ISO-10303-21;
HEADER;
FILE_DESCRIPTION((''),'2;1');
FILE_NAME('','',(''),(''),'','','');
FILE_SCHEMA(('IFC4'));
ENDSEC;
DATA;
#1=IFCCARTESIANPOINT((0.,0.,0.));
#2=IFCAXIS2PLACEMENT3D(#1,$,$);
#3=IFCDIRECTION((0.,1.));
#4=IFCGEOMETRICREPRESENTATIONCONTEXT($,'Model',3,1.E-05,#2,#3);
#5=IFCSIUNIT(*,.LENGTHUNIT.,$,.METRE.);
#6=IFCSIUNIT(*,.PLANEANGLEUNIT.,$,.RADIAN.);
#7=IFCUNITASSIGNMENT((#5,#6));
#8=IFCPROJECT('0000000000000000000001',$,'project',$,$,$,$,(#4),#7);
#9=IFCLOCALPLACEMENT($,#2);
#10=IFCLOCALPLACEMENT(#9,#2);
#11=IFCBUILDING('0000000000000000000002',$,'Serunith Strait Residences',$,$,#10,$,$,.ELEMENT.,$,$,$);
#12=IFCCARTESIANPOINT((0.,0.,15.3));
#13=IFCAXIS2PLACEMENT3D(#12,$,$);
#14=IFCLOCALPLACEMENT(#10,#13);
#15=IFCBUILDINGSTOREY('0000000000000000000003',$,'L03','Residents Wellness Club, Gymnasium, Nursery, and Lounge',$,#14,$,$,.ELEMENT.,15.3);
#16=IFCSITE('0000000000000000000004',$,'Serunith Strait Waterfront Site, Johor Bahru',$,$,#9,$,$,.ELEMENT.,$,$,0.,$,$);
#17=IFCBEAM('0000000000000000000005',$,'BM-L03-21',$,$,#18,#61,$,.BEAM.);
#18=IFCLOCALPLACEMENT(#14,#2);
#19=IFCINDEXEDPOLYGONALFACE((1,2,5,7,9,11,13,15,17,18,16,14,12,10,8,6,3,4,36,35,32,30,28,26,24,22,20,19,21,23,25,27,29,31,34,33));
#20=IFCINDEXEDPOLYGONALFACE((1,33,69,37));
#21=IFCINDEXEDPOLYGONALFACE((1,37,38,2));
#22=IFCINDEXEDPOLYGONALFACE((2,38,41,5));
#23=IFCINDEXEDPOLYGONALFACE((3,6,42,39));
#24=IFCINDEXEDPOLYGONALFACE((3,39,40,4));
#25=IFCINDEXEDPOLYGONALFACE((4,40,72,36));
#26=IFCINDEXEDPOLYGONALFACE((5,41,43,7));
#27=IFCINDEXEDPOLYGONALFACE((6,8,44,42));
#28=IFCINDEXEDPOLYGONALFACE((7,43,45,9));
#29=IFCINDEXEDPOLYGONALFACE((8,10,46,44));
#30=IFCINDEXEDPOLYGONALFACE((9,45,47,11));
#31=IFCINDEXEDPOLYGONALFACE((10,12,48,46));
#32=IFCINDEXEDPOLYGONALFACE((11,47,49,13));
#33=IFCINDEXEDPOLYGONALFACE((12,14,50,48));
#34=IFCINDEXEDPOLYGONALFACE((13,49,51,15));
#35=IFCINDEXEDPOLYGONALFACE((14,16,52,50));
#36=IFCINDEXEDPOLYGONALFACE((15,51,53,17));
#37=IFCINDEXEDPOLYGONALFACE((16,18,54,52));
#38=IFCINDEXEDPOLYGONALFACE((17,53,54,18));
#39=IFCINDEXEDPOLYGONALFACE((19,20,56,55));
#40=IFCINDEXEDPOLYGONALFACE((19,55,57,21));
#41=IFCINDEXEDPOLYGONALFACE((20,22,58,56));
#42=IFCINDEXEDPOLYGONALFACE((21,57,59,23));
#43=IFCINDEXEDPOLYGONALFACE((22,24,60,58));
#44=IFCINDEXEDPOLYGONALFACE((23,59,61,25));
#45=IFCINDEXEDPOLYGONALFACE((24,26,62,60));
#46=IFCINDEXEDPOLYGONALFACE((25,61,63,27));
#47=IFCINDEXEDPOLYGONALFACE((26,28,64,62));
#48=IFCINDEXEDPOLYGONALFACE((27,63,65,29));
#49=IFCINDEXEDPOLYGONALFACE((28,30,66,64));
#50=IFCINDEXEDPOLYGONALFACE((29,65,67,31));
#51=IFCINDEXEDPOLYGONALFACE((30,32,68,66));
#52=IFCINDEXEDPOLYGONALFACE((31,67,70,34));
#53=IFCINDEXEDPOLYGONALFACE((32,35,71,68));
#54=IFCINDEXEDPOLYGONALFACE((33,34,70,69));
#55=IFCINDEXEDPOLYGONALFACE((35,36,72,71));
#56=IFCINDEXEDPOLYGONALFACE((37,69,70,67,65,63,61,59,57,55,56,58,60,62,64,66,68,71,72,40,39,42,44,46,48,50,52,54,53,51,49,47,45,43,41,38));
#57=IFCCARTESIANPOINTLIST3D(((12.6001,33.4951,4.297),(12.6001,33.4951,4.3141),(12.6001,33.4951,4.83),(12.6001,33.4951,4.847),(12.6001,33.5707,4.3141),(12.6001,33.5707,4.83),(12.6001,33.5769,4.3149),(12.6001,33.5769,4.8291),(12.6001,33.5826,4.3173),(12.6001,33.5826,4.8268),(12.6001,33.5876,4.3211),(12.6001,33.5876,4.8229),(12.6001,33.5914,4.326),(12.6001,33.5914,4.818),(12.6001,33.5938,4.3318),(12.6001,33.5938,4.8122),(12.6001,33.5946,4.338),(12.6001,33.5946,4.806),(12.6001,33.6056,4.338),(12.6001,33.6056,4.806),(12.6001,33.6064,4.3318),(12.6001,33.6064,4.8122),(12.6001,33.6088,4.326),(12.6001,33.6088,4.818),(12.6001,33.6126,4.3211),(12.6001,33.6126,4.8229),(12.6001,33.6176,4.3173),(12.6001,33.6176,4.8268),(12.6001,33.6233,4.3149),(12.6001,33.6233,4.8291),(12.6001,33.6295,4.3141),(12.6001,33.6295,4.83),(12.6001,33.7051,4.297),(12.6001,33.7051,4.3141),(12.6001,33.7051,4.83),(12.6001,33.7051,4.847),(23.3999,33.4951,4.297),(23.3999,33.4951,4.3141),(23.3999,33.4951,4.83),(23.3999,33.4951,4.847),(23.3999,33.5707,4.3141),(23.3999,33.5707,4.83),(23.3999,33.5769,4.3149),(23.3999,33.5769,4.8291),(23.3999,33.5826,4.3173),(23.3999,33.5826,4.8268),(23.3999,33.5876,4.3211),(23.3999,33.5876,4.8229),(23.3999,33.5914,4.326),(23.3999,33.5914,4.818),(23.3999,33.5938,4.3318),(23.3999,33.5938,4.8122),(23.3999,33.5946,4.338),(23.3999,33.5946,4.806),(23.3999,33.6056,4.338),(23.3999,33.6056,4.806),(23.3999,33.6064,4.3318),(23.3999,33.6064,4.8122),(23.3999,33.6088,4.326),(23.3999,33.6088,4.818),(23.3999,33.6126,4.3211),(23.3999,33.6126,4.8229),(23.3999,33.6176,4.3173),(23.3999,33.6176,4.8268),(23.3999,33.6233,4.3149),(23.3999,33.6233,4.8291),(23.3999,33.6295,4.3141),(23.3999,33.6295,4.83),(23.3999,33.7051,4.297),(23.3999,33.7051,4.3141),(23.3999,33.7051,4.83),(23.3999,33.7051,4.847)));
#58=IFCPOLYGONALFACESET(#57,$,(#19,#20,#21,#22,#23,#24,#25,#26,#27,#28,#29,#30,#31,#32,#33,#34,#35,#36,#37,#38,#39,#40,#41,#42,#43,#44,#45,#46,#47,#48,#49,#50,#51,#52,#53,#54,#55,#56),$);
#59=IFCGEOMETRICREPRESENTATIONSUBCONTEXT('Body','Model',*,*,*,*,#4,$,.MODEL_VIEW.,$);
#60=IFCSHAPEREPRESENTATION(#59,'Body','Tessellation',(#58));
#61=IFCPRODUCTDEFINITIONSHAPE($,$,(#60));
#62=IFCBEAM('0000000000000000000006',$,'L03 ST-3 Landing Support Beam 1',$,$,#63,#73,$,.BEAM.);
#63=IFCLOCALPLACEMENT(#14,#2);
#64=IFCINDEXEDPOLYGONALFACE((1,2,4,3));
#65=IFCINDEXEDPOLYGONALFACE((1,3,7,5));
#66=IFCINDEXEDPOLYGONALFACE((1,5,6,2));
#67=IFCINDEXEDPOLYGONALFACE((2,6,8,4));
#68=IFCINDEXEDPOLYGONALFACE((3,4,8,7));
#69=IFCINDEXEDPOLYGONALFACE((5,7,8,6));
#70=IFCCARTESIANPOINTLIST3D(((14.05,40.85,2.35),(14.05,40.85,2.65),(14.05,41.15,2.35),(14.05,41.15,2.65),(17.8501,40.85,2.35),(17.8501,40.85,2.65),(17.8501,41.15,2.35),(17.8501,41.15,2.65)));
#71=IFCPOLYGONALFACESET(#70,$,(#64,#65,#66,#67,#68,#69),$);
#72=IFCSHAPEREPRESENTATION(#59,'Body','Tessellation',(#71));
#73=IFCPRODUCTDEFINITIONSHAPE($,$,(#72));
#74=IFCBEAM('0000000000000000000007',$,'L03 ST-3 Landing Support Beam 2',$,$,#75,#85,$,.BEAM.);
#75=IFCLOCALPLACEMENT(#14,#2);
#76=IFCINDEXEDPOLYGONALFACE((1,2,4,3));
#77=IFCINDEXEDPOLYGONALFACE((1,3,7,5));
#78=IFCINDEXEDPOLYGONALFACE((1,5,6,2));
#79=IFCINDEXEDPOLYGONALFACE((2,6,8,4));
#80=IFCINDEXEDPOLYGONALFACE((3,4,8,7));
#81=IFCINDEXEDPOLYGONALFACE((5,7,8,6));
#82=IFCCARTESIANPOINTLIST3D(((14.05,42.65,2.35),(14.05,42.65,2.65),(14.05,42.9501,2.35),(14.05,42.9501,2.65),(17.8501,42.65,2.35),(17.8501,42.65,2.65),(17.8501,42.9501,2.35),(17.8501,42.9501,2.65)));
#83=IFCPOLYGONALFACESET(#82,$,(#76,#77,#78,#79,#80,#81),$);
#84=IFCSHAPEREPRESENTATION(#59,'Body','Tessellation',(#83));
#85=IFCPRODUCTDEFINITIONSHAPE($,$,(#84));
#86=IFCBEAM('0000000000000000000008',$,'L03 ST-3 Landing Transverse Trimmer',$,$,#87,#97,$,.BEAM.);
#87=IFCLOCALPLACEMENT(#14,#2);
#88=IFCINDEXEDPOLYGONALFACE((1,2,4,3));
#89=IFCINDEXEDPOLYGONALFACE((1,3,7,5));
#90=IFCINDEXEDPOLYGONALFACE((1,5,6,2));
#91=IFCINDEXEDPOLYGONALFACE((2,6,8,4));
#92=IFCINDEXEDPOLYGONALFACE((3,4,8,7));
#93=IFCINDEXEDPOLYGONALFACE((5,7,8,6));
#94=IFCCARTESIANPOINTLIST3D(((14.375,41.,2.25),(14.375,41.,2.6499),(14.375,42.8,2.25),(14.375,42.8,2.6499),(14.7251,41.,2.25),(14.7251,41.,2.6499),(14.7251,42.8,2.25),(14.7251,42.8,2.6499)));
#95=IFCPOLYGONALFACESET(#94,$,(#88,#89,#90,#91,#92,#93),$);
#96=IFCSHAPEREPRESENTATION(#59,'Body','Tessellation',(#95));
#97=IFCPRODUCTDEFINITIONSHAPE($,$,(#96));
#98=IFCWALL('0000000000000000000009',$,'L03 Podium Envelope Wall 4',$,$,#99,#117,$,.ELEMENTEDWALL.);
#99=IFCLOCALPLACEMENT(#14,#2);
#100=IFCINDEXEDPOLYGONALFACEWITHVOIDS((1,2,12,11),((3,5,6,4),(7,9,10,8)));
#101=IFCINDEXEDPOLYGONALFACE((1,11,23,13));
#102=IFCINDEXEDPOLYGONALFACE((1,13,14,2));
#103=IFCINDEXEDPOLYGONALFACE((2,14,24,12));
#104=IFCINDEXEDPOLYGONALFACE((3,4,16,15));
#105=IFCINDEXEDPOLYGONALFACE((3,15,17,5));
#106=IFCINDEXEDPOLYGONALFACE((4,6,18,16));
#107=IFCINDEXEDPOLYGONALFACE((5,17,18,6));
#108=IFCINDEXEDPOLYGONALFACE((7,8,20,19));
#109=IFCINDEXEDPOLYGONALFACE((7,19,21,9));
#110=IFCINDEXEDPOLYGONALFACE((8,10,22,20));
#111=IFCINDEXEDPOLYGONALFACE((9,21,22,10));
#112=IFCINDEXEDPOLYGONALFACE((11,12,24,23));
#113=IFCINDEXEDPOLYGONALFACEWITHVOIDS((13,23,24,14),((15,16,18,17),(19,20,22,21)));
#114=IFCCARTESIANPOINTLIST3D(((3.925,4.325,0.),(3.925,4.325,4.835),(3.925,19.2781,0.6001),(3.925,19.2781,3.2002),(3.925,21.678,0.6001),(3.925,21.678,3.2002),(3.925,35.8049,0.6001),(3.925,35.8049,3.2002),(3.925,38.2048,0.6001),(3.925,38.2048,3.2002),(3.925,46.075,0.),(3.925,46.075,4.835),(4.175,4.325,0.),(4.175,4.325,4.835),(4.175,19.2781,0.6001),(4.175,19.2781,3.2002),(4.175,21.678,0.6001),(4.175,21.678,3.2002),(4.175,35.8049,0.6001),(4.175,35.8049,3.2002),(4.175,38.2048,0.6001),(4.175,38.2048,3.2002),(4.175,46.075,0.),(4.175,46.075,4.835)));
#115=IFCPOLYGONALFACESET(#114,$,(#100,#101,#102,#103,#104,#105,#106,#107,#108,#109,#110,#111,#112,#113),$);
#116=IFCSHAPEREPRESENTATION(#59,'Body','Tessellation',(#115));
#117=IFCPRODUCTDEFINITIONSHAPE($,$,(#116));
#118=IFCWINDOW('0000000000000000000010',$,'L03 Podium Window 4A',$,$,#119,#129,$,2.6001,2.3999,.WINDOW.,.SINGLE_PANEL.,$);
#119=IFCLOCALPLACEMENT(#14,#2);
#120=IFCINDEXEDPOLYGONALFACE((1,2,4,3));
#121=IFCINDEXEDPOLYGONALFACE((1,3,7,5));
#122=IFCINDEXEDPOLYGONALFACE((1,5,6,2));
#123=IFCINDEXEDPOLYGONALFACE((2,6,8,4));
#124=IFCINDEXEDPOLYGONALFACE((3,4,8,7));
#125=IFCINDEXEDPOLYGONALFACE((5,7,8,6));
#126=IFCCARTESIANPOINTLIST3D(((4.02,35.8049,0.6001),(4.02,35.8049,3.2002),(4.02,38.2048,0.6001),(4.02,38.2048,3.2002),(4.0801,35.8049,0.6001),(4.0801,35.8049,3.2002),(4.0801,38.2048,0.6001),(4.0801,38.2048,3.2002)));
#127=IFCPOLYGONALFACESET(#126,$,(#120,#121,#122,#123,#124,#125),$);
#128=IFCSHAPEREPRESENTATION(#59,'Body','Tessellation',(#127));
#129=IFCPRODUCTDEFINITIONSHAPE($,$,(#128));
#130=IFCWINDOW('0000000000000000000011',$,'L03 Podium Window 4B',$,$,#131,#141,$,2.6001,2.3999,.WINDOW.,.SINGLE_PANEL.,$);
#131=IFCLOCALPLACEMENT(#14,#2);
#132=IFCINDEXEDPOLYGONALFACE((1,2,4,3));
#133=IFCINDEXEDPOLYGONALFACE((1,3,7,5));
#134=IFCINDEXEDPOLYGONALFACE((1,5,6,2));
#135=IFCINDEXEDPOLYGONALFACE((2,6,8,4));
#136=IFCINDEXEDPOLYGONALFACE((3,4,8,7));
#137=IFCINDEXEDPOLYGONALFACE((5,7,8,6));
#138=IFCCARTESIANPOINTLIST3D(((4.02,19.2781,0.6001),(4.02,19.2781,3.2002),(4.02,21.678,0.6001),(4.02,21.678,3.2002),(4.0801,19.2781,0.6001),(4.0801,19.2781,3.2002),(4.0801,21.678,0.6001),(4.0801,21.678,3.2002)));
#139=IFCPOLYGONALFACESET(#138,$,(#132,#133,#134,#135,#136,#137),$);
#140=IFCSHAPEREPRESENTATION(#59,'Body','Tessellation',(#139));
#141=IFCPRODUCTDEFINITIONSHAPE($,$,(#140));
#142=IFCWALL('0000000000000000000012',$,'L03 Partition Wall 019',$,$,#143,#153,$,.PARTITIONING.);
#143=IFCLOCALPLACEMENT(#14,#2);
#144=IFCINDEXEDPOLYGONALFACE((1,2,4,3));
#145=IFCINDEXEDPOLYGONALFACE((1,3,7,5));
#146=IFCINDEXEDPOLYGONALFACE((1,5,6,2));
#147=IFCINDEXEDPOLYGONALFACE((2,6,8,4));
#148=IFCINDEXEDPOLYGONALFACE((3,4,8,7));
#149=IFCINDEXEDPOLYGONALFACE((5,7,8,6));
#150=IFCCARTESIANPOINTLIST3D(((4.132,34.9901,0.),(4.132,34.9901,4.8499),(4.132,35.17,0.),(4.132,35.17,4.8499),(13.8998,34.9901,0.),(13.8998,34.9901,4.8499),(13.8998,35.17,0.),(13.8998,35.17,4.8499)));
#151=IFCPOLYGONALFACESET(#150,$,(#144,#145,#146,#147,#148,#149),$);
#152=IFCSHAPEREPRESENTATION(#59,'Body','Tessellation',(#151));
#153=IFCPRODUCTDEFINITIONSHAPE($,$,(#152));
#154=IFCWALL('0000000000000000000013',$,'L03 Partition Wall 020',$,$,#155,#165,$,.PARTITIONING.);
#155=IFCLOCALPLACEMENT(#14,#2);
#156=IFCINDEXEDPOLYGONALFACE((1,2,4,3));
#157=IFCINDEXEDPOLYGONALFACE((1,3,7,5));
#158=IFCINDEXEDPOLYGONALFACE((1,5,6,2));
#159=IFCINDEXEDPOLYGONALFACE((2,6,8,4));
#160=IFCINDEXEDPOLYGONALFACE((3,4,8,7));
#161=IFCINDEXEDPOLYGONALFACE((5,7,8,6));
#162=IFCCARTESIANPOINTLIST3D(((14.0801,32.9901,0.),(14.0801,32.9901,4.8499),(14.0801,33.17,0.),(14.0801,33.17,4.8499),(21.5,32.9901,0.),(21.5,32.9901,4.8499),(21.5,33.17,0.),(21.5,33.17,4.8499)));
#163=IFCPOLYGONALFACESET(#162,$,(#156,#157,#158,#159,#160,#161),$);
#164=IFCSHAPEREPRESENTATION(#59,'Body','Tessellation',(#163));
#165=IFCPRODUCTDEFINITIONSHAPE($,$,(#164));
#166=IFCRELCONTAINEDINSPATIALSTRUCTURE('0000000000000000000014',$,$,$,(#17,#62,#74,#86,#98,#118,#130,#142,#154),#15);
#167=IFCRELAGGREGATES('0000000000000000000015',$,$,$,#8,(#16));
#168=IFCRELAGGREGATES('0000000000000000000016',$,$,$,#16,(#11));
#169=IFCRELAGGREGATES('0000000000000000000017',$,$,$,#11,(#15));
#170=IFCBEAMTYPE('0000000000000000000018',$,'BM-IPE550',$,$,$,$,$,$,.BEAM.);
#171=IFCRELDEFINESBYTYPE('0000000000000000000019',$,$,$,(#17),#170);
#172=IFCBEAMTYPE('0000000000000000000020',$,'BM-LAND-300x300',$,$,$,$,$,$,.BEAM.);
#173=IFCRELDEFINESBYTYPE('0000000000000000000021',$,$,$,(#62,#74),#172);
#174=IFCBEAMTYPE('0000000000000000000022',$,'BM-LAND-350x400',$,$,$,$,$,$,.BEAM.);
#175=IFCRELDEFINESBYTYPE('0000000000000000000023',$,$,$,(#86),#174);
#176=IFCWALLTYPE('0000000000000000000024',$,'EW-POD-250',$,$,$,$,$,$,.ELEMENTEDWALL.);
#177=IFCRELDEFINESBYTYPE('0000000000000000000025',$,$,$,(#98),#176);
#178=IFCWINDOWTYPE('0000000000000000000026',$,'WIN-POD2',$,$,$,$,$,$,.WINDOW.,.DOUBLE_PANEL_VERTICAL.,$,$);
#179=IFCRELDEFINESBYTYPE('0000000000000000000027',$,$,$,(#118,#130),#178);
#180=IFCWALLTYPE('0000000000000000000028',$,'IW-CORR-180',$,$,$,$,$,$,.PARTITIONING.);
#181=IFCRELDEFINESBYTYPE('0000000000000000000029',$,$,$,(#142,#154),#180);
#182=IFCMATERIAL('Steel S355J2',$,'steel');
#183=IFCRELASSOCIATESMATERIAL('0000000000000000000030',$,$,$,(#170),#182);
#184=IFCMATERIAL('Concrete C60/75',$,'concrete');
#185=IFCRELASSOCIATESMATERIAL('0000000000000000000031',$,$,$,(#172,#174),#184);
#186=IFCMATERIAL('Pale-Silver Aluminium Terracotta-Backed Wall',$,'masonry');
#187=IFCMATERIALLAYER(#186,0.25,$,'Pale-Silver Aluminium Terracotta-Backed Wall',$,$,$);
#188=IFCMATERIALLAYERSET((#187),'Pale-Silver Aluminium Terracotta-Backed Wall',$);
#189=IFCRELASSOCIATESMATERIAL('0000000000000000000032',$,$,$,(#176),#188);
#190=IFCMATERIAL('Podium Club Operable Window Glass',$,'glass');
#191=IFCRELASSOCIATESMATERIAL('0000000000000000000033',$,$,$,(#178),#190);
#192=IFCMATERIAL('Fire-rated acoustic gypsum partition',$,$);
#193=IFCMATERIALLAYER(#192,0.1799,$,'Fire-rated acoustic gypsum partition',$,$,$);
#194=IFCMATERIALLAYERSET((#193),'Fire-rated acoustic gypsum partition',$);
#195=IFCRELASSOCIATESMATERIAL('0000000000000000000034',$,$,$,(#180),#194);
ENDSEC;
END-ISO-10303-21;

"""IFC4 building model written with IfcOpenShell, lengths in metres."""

from ifc_helpers import new_model, si_unit, direction, frame, frame_2d, origin, origin_2d, place, context, subcontext, project, spatial, rectangle, i_section, extrude, source, transform, mapped, material, layer, layer_set, material_profile, profile_set, type_object, element, fill, save


model = new_model("IFC4")

# Units and contexts
model_context = context("Model", 3, precision=1e-05, world=origin(), true_north=direction((0.0, 1.0)))
body_context = subcontext(model_context, "Body", "Model", "MODEL_VIEW")
ifc_project = project(units=[si_unit("LENGTHUNIT", "METRE"), si_unit("PLANEANGLEUNIT", "RADIAN")], contexts=[model_context])

# Site, building, storey
site_placement = place(None, origin())
site = spatial("IfcSite", under=ifc_project, at=site_placement, Name="Serunith Strait Waterfront Site, Johor Bahru", CompositionType="ELEMENT", RefElevation=0.0)
building_placement = place(site_placement, origin())
building = spatial("IfcBuilding", under=site, at=building_placement, Name="Serunith Strait Residences", CompositionType="ELEMENT")
storey_placement = place(building_placement, frame((0.0, 0.0, 15.3)))
storey = spatial("IfcBuildingStorey", under=building, at=storey_placement, Name="L03", Description="Residents Wellness Club, Gymnasium, Nursery, and Lounge", CompositionType="ELEMENT", Elevation=15.3)

# Beams
ifc_material_1 = material(Name="Steel S355J2", Category="steel")
ifc_material_profile_1 = material_profile(ifc_material_1, i_section(OverallWidth=0.21, OverallDepth=0.55, WebThickness=0.011, FlangeThickness=0.0171, FilletRadius=0.0239, at=origin_2d()), Name="IPE 550")
ifc_profile_set_1 = profile_set([ifc_material_profile_1], Name="Steel S355J2")
beam_type_1 = type_object("IfcBeamType", Name="BM-IPE550", PredefinedType="BEAM", material=ifc_profile_set_1)
shared_shape_1 = source(origin(), body_context, "Body", "SweptSolid", [
    extrude(i_section(OverallWidth=0.21, OverallDepth=0.55, WebThickness=0.011, FlangeThickness=0.0171, FilletRadius=0.0239, at=origin_2d()), origin(), (0.0, 0.0, 1.0), 10.7998),
])
beam_1_placement = place(storey_placement, frame((12.6001, 33.6001, 4.572), z_axis=(1.0, 0.0, 0.0), x_axis=(0.0, 1.0, 0.0)))
element("IfcBeam", 1, at=beam_1_placement, inside=storey, type_object=beam_type_1, Name="BM-L03-21", PredefinedType="BEAM", context=body_context, shape_type="MappedRepresentation", body=[
    mapped(shared_shape_1, transform((0.0, 0.0, 0.0), scale=1.0)),
])
ifc_material_2 = material(Name="Concrete C60/75", Category="concrete")
ifc_material_profile_2 = material_profile(ifc_material_2, rectangle(XDim=0.3, YDim=0.3, at=origin_2d()), Name="RC 300x300")
ifc_profile_set_2 = profile_set([ifc_material_profile_2], Name="Concrete C60/75")
beam_type_2 = type_object("IfcBeamType", Name="BM-LAND-300x300", PredefinedType="BEAM", material=ifc_profile_set_2)
shared_shape_2 = source(origin(), body_context, "Body", "SweptSolid", [
    extrude(rectangle(XDim=0.3, YDim=0.3, at=origin_2d()), origin(), (0.0, 0.0, 1.0), 3.8),
])
for number, where, z_axis, x_axis, name in (
    (2, (14.05, 41.0, 2.5), (1.0, 0.0, 0.0), (0.0, 1.0, 0.0), "L03 ST-3 Landing Support Beam 1"),
    (3, (14.05, 42.8, 2.5), (1.0, 0.0, 0.0), (0.0, 1.0, 0.0), "L03 ST-3 Landing Support Beam 2"),
):
    element("IfcBeam", number, at=place(storey_placement, frame(where, z_axis=z_axis, x_axis=x_axis)), inside=storey, type_object=beam_type_2, Name=name, PredefinedType="BEAM", context=body_context, shape_type="MappedRepresentation", body=[
        mapped(shared_shape_2, transform((0.0, 0.0, 0.0), scale=1.0)),
    ])
ifc_material_profile_3 = material_profile(ifc_material_2, rectangle(XDim=0.3501, YDim=0.3999, at=origin_2d()), Name="RC 350x400")
ifc_profile_set_3 = profile_set([ifc_material_profile_3], Name="Concrete C60/75")
beam_type_3 = type_object("IfcBeamType", Name="BM-LAND-350x400", PredefinedType="BEAM", material=ifc_profile_set_3)
shared_shape_3 = source(origin(), body_context, "Body", "SweptSolid", [
    extrude(rectangle(XDim=0.3501, YDim=0.3999, at=origin_2d()), origin(), (0.0, 0.0, 1.0), 1.8),
])
beam_2_placement = place(storey_placement, frame((14.55, 41.0, 2.45), z_axis=(0.0, 1.0, 0.0), x_axis=(-1.0, 0.0, 0.0)))
element("IfcBeam", 4, at=beam_2_placement, inside=storey, type_object=beam_type_3, Name="L03 ST-3 Landing Transverse Trimmer", PredefinedType="BEAM", context=body_context, shape_type="MappedRepresentation", body=[
    mapped(shared_shape_3, transform((0.0, 0.0, 0.0), scale=1.0)),
])

# Wall, openings, windows
ifc_material_3 = material(Name="Pale-Silver Aluminium Terracotta-Backed Wall", Category="masonry")
ifc_layer_1 = layer(ifc_material_3, 0.25, Name="Pale-Silver Aluminium Terracotta-Backed Wall")
ifc_layer_set_1 = layer_set([ifc_layer_1], Name="Pale-Silver Aluminium Terracotta-Backed Wall")
wall_type_1 = type_object("IfcWallType", Name="EW-POD-250", PredefinedType="ELEMENTEDWALL", material=ifc_layer_set_1)
wall_1_placement = place(storey_placement, frame((4.05, 46.075, 0.0), z_axis=(0.0, 0.0, 1.0), x_axis=(0.0, -1.0, 0.0)))
wall_1 = element("IfcWall", 5, at=wall_1_placement, inside=storey, type_object=wall_type_1, Name="L03 Podium Envelope Wall 4", PredefinedType="ELEMENTEDWALL", context=body_context, shape_type="SweptSolid", body=[
    extrude(rectangle(XDim=41.75, YDim=0.25, at=frame_2d((20.875, 0.0))), origin(), (0.0, 0.0, 1.0), 4.835),
])
opening_1_placement = place(wall_1_placement, frame((7.8701, 0.0, 0.6001)))
opening_1 = element("IfcOpeningElement", 6, at=opening_1_placement, cuts=wall_1, PredefinedType="OPENING", context=body_context, shape_type="SweptSolid", body=[
    extrude(rectangle(XDim=2.3999, YDim=2.6001, at=frame_2d((1.2, 1.3))), frame((0.0, 0.135, 0.0), z_axis=(0.0, -1.0, 0.0), x_axis=(1.0, 0.0, 0.0)), (0.0, 0.0, 1.0), 0.27),
])
opening_2_placement = place(wall_1_placement, frame((24.397, 0.0, 0.6001)))
opening_2 = element("IfcOpeningElement", 7, at=opening_2_placement, cuts=wall_1, PredefinedType="OPENING", context=body_context, shape_type="SweptSolid", body=[
    extrude(rectangle(XDim=2.3999, YDim=2.6001, at=frame_2d((1.2, 1.3))), frame((0.0, 0.135, 0.0), z_axis=(0.0, -1.0, 0.0), x_axis=(1.0, 0.0, 0.0)), (0.0, 0.0, 1.0), 0.27),
])
ifc_material_4 = material(Name="Podium Club Operable Window Glass", Category="glass")
window_type = type_object("IfcWindowType", Name="WIN-POD2", PartitioningType="DOUBLE_PANEL_VERTICAL", PredefinedType="WINDOW", material=ifc_material_4)
shared_shape_4 = source(origin(), body_context, "Body", "SweptSolid", [
    extrude(rectangle(XDim=2.3999, YDim=2.6001, at=frame_2d((1.2, 1.3))), frame((0.0, 0.03, 0.0), z_axis=(0.0, -1.0, 0.0), x_axis=(1.0, 0.0, 0.0)), (0.0, 0.0, 1.0), 0.0601),
])
window_1_placement = place(opening_1_placement, origin())
window_1 = element("IfcWindow", 8, at=window_1_placement, inside=storey, type_object=window_type, Name="L03 Podium Window 4A", OverallHeight=2.6001, OverallWidth=2.3999, PartitioningType="SINGLE_PANEL", PredefinedType="WINDOW", context=body_context, shape_type="MappedRepresentation", body=[
    mapped(shared_shape_4, transform((0.0, 0.0, 0.0), scale=1.0)),
])
fill(opening_1, window_1)
window_2_placement = place(opening_2_placement, origin())
window_2 = element("IfcWindow", 9, at=window_2_placement, inside=storey, type_object=window_type, Name="L03 Podium Window 4B", OverallHeight=2.6001, OverallWidth=2.3999, PartitioningType="SINGLE_PANEL", PredefinedType="WINDOW", context=body_context, shape_type="MappedRepresentation", body=[
    mapped(shared_shape_4, transform((0.0, 0.0, 0.0), scale=1.0)),
])
fill(opening_2, window_2)

# Walls
ifc_material_5 = material(Name="Fire-rated acoustic gypsum partition")
ifc_layer_2 = layer(ifc_material_5, 0.1799, Name="Fire-rated acoustic gypsum partition")
ifc_layer_set_2 = layer_set([ifc_layer_2], Name="Fire-rated acoustic gypsum partition")
wall_type_2 = type_object("IfcWallType", Name="IW-CORR-180", PredefinedType="PARTITIONING", material=ifc_layer_set_2)
wall_2_placement = place(storey_placement, frame((4.1321, 35.0801, 0.0), z_axis=(0.0, 0.0, 1.0), x_axis=(1.0, 0.0, 0.0)))
element("IfcWall", 10, at=wall_2_placement, inside=storey, type_object=wall_type_2, Name="L03 Partition Wall 019", PredefinedType="PARTITIONING", context=body_context, shape_type="SweptSolid", body=[
    extrude(rectangle(XDim=9.7678, YDim=0.1799, at=frame_2d((4.8838, 0.0))), origin(), (0.0, 0.0, 1.0), 4.8499),
])
wall_3_placement = place(storey_placement, frame((14.0801, 33.0801, 0.0), z_axis=(0.0, 0.0, 1.0), x_axis=(1.0, 0.0, 0.0)))
element("IfcWall", 11, at=wall_3_placement, inside=storey, type_object=wall_type_2, Name="L03 Partition Wall 020", PredefinedType="PARTITIONING", context=body_context, shape_type="SweptSolid", body=[
    extrude(rectangle(XDim=7.4199, YDim=0.1799, at=frame_2d((3.71, 0.0))), origin(), (0.0, 0.0, 1.0), 4.8499),
])

save(model, "model.ifc")
